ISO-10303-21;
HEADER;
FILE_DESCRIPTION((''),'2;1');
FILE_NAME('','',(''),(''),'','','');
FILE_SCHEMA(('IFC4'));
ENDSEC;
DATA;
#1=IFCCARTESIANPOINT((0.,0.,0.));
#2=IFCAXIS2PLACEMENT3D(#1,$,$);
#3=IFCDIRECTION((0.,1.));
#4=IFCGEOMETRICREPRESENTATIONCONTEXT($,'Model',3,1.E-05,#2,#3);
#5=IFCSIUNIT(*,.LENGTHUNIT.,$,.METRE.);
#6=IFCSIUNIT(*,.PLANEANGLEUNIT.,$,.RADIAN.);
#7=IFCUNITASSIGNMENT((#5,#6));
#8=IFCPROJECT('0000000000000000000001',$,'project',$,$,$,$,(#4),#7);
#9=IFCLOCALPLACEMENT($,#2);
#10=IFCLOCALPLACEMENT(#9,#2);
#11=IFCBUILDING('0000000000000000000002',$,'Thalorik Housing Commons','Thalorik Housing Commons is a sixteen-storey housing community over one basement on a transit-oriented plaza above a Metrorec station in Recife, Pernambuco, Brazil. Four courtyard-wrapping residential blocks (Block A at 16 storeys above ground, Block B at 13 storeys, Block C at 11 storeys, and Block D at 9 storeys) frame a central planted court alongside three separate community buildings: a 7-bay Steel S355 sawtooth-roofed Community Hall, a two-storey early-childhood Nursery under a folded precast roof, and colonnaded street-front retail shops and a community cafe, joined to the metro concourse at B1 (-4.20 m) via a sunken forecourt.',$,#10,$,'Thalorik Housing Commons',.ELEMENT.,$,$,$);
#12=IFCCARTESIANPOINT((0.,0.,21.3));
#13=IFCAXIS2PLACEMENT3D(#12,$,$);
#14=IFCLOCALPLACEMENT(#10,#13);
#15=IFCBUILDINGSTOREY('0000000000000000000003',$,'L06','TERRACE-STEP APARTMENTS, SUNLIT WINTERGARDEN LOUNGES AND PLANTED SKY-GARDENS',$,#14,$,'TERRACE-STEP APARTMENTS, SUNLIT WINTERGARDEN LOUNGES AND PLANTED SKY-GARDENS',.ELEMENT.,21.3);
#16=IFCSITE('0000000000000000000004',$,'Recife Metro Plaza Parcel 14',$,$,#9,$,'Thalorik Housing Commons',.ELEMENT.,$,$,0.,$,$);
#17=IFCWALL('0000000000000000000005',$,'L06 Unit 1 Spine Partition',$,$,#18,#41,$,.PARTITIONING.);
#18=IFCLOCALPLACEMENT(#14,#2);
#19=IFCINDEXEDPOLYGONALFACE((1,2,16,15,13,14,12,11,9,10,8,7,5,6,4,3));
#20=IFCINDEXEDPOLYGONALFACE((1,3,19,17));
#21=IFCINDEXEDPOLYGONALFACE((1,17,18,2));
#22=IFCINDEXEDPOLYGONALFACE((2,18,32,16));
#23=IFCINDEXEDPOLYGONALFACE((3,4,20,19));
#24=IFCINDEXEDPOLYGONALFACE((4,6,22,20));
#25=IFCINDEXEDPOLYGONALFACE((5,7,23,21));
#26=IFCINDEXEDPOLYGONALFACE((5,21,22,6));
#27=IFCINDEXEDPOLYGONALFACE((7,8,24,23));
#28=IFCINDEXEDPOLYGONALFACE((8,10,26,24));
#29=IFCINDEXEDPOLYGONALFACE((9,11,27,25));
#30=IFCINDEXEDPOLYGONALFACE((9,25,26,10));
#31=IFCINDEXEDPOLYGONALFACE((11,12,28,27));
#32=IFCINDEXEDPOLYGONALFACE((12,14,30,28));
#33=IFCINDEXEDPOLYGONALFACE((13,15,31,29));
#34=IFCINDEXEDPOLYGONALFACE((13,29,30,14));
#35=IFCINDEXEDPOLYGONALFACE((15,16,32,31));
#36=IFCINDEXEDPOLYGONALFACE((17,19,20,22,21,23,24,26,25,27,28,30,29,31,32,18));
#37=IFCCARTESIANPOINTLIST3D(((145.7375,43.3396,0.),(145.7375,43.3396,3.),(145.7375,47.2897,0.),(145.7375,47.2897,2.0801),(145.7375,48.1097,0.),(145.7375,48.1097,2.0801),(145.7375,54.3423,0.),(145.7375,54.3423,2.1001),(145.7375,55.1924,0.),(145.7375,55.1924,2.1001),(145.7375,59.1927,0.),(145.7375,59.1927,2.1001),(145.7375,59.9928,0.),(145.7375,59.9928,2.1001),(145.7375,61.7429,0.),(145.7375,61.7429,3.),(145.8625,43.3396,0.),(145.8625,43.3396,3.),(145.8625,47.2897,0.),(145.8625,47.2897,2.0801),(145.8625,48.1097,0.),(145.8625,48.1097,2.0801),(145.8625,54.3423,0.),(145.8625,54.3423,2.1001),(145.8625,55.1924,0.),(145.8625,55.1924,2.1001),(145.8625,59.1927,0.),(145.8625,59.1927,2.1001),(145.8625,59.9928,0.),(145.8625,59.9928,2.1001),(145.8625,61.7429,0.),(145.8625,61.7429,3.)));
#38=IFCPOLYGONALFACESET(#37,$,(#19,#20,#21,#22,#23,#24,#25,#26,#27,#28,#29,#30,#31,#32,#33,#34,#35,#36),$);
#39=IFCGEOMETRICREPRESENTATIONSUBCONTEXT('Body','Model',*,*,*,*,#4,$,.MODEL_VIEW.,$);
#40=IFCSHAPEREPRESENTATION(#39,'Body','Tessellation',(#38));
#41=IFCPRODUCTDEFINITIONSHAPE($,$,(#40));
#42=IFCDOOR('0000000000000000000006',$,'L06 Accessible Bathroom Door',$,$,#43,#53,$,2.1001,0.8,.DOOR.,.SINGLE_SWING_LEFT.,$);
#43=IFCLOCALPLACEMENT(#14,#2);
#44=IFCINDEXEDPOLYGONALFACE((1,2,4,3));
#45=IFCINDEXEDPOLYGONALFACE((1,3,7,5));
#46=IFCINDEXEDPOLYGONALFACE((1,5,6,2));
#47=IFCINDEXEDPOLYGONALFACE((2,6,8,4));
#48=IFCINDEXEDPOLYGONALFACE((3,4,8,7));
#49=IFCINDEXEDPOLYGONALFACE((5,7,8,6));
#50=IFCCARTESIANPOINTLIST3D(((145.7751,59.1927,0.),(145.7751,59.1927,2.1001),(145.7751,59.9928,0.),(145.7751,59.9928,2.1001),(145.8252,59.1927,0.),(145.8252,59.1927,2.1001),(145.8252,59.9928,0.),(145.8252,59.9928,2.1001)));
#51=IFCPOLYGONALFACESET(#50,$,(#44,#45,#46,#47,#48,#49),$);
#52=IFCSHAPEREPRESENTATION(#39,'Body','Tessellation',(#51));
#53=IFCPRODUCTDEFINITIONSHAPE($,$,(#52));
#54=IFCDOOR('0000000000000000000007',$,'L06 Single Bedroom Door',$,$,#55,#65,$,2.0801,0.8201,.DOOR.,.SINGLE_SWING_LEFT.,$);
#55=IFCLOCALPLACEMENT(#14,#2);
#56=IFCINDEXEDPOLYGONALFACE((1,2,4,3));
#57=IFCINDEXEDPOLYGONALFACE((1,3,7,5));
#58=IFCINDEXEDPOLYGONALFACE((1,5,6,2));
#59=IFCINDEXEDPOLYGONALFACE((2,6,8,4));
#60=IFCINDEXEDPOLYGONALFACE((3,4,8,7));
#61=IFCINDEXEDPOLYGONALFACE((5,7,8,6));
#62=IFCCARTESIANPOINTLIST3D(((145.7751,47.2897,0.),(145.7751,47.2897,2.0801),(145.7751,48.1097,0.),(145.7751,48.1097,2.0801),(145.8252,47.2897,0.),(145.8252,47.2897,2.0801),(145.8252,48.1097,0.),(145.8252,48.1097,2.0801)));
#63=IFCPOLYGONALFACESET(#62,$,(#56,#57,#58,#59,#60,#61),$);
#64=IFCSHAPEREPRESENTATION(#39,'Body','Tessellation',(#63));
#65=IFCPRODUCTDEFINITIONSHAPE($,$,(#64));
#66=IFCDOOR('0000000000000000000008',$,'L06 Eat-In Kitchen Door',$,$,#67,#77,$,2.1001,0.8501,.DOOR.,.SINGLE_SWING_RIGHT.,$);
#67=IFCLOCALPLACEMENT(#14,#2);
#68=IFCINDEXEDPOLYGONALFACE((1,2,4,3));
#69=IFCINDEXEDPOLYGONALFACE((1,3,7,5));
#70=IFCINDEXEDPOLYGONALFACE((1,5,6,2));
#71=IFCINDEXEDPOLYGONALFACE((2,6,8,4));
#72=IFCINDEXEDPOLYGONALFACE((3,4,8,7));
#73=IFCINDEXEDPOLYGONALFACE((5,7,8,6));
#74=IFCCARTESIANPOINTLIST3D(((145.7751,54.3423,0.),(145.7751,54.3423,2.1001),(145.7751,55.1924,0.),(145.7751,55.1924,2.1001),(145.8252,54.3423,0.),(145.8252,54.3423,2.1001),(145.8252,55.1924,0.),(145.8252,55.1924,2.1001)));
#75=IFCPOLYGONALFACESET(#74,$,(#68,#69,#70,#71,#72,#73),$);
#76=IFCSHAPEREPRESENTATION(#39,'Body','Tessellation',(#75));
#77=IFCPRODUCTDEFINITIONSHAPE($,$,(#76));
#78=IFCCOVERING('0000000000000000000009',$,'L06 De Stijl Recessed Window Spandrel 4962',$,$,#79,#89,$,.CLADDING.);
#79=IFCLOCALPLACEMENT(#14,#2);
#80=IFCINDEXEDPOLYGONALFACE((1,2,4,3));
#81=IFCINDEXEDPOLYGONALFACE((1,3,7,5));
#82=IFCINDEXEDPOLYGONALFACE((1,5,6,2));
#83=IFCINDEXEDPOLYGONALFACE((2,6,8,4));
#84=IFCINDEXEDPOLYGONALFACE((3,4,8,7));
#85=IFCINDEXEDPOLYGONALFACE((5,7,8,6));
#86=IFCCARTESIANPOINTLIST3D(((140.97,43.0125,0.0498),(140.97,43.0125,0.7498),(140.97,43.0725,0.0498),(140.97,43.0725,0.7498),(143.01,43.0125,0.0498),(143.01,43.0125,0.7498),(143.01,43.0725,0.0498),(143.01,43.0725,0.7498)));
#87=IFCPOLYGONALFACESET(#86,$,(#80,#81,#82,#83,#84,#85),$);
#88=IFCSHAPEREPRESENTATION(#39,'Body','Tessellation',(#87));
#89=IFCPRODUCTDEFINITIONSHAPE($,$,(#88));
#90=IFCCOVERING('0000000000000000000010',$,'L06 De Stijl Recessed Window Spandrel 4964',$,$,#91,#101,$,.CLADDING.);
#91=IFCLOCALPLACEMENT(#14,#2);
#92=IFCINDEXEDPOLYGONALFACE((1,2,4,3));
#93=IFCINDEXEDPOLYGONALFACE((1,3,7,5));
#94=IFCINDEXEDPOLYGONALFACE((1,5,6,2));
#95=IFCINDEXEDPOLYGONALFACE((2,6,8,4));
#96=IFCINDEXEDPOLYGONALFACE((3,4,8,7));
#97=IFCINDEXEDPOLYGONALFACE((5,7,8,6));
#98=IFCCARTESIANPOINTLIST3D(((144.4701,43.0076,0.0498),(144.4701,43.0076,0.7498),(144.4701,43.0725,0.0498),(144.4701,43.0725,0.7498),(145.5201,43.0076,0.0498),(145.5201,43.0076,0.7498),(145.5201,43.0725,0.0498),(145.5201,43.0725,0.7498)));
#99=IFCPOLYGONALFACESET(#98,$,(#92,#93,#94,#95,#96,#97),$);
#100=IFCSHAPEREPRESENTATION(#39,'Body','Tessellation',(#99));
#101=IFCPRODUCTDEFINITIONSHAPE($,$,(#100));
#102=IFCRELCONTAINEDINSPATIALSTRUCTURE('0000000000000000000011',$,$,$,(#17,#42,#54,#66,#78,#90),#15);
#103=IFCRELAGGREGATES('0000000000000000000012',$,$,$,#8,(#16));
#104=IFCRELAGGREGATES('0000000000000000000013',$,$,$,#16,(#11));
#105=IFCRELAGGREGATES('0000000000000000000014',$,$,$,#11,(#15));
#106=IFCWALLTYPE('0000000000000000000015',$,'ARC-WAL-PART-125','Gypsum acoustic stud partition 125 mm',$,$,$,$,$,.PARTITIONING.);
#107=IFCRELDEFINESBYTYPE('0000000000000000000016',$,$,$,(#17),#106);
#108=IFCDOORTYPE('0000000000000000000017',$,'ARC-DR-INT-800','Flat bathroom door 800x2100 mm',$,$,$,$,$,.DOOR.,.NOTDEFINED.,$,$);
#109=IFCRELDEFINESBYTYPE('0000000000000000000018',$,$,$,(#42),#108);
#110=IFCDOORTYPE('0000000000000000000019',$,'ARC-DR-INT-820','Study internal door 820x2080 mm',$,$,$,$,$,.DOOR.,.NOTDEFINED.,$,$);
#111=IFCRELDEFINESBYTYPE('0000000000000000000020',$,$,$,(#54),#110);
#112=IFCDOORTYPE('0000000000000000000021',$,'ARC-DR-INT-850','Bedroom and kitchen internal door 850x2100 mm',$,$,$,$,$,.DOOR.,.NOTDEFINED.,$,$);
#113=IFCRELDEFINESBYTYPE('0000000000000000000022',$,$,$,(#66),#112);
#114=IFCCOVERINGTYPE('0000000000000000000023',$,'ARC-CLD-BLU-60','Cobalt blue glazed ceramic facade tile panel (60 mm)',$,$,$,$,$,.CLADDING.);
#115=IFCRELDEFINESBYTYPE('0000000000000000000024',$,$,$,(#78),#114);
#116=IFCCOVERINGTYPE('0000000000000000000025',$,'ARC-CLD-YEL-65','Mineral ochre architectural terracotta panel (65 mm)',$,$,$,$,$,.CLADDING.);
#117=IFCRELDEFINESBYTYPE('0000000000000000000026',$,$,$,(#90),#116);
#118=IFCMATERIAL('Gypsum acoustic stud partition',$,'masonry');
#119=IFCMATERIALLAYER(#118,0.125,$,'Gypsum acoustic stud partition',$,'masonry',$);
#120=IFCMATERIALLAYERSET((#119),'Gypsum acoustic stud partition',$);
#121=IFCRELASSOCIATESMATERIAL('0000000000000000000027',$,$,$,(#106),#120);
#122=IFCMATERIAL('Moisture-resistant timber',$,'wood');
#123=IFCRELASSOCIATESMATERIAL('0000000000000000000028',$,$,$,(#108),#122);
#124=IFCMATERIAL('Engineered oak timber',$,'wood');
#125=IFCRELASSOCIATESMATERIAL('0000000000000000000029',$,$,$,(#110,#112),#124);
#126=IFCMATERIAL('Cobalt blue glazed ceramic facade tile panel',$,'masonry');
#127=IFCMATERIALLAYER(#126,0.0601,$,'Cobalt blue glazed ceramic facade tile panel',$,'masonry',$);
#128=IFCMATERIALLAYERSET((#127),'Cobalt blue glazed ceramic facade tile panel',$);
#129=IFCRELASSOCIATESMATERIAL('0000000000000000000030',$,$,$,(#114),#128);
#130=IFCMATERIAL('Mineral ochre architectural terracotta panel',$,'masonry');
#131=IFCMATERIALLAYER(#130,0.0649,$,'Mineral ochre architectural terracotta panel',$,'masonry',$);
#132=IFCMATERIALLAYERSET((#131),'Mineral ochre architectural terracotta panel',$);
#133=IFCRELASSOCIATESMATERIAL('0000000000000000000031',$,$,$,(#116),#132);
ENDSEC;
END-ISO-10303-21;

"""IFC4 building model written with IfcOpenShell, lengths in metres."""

from ifc_helpers import new_model, si_unit, direction, frame, frame_2d, origin, origin_2d, place, context, subcontext, project, spatial, rectangle, extrude, material, layer, layer_set, type_object, element, fill, save


model = new_model("IFC4")

# Units and contexts
model_context = context("Model", 3, precision=1e-05, world=origin(), true_north=direction((0.0, 1.0)))
body_context = subcontext(model_context, "Body", "Model", "MODEL_VIEW")
ifc_project = project(units=[si_unit("LENGTHUNIT", "METRE"), si_unit("PLANEANGLEUNIT", "RADIAN")], contexts=[model_context])

# Site, building, storey
site_placement = place(None, origin())
site = spatial("IfcSite", under=ifc_project, at=site_placement, Name="Recife Metro Plaza Parcel 14", LongName="Thalorik Housing Commons", CompositionType="ELEMENT", RefElevation=0.0)
building_placement = place(site_placement, origin())
building = spatial("IfcBuilding", under=site, at=building_placement, Name="Thalorik Housing Commons", Description="Thalorik Housing Commons is a sixteen-storey housing community over one basement on a transit-oriented plaza above a Metrorec station in Recife, Pernambuco, Brazil. Four courtyard-wrapping residential blocks (Block A at 16 storeys above ground, Block B at 13 storeys, Block C at 11 storeys, and Block D at 9 storeys) frame a central planted court alongside three separate community buildings: a 7-bay Steel S355 sawtooth-roofed Community Hall, a two-storey early-childhood Nursery under a folded precast roof, and colonnaded street-front retail shops and a community cafe, joined to the metro concourse at B1 (-4.20 m) via a sunken forecourt.", LongName="Thalorik Housing Commons", CompositionType="ELEMENT")
storey_placement = place(building_placement, frame((0.0, 0.0, 21.3)))
storey = spatial("IfcBuildingStorey", under=building, at=storey_placement, Name="L06", Description="TERRACE-STEP APARTMENTS, SUNLIT WINTERGARDEN LOUNGES AND PLANTED SKY-GARDENS", LongName="TERRACE-STEP APARTMENTS, SUNLIT WINTERGARDEN LOUNGES AND PLANTED SKY-GARDENS", CompositionType="ELEMENT", Elevation=21.3)

# Wall, openings, doors
ifc_material_1 = material(Name="Gypsum acoustic stud partition", Category="masonry")
ifc_layer_1 = layer(ifc_material_1, 0.125, Name="Gypsum acoustic stud partition", Category="masonry")
ifc_layer_set_1 = layer_set([ifc_layer_1], Name="Gypsum acoustic stud partition")
wall_type_1 = type_object("IfcWallType", Name="ARC-WAL-PART-125", Description="Gypsum acoustic stud partition 125 mm", PredefinedType="PARTITIONING", material=ifc_layer_set_1)
wall_1_placement = place(storey_placement, frame((145.8, 43.3396, 0.0), z_axis=(0.0, 0.0, 1.0), x_axis=(0.0, 1.0, 0.0)))
wall_1 = element("IfcWall", 1, at=wall_1_placement, inside=storey, type_object=wall_type_1, Name="L06 Unit 1 Spine Partition", PredefinedType="PARTITIONING", context=body_context, shape_type="SweptSolid", body=[
    extrude(rectangle(XDim=18.4033, YDim=0.125, at=frame_2d((9.2017, 0.0))), origin(), (0.0, 0.0, 1.0), 3.0),
])
opening_1_placement = place(wall_1_placement, frame((3.95, 0.0, 0.0)))
opening_1 = element("IfcOpeningElement", 2, at=opening_1_placement, cuts=wall_1, PredefinedType="OPENING", context=body_context, shape_type="SweptSolid", body=[
    extrude(rectangle(XDim=0.8201, YDim=2.0801, at=frame_2d((0.4102, 1.04))), frame((0.0, 0.0725, 0.0), z_axis=(0.0, -1.0, 0.0), x_axis=(1.0, 0.0, 0.0)), (0.0, 0.0, 1.0), 0.145),
])
opening_2_placement = place(wall_1_placement, frame((11.0027, 0.0, 0.0)))
opening_2 = element("IfcOpeningElement", 3, at=opening_2_placement, cuts=wall_1, PredefinedType="OPENING", context=body_context, shape_type="SweptSolid", body=[
    extrude(rectangle(XDim=0.8501, YDim=2.1001, at=frame_2d((0.425, 1.05))), frame((0.0, 0.0725, 0.0), z_axis=(0.0, -1.0, 0.0), x_axis=(1.0, 0.0, 0.0)), (0.0, 0.0, 1.0), 0.145),
])
opening_3_placement = place(wall_1_placement, frame((15.8533, 0.0, 0.0)))
opening_3 = element("IfcOpeningElement", 4, at=opening_3_placement, cuts=wall_1, PredefinedType="OPENING", context=body_context, shape_type="SweptSolid", body=[
    extrude(rectangle(XDim=0.8, YDim=2.1001, at=frame_2d((0.3999, 1.05))), frame((0.0, 0.0725, 0.0), z_axis=(0.0, -1.0, 0.0), x_axis=(1.0, 0.0, 0.0)), (0.0, 0.0, 1.0), 0.145),
])
ifc_material_2 = material(Name="Moisture-resistant timber", Category="wood")
door_type_1 = type_object("IfcDoorType", Name="ARC-DR-INT-800", Description="Flat bathroom door 800x2100 mm", OperationType="NOTDEFINED", PredefinedType="DOOR", material=ifc_material_2)
door_1_placement = place(opening_3_placement, origin())
door_1 = element("IfcDoor", 5, at=door_1_placement, inside=storey, type_object=door_type_1, Name="L06 Accessible Bathroom Door", OperationType="SINGLE_SWING_LEFT", OverallHeight=2.1001, OverallWidth=0.8, PredefinedType="DOOR", context=body_context, shape_type="SweptSolid", body=[
    extrude(rectangle(XDim=0.8, YDim=2.1001, at=frame_2d((0.3999, 1.05))), frame((0.0, 0.0249, 0.0), z_axis=(0.0, -1.0, 0.0), x_axis=(1.0, 0.0, 0.0)), (0.0, 0.0, 1.0), 0.05),
])
fill(opening_3, door_1)
ifc_material_3 = material(Name="Engineered oak timber", Category="wood")
door_type_2 = type_object("IfcDoorType", Name="ARC-DR-INT-820", Description="Study internal door 820x2080 mm", OperationType="NOTDEFINED", PredefinedType="DOOR", material=ifc_material_3)
door_2_placement = place(opening_1_placement, origin())
door_2 = element("IfcDoor", 6, at=door_2_placement, inside=storey, type_object=door_type_2, Name="L06 Single Bedroom Door", OperationType="SINGLE_SWING_LEFT", OverallHeight=2.0801, OverallWidth=0.8201, PredefinedType="DOOR", context=body_context, shape_type="SweptSolid", body=[
    extrude(rectangle(XDim=0.8201, YDim=2.0801, at=frame_2d((0.4102, 1.04))), frame((0.0, 0.0249, 0.0), z_axis=(0.0, -1.0, 0.0), x_axis=(1.0, 0.0, 0.0)), (0.0, 0.0, 1.0), 0.05),
])
fill(opening_1, door_2)
door_type_3 = type_object("IfcDoorType", Name="ARC-DR-INT-850", Description="Bedroom and kitchen internal door 850x2100 mm", OperationType="NOTDEFINED", PredefinedType="DOOR", material=ifc_material_3)
door_3_placement = place(opening_2_placement, origin())
door_3 = element("IfcDoor", 7, at=door_3_placement, inside=storey, type_object=door_type_3, Name="L06 Eat-In Kitchen Door", OperationType="SINGLE_SWING_RIGHT", OverallHeight=2.1001, OverallWidth=0.8501, PredefinedType="DOOR", context=body_context, shape_type="SweptSolid", body=[
    extrude(rectangle(XDim=0.8501, YDim=2.1001, at=frame_2d((0.425, 1.05))), frame((0.0, 0.0249, 0.0), z_axis=(0.0, -1.0, 0.0), x_axis=(1.0, 0.0, 0.0)), (0.0, 0.0, 1.0), 0.05),
])
fill(opening_2, door_3)

# Coverings
ifc_material_4 = material(Name="Cobalt blue glazed ceramic facade tile panel", Category="masonry")
ifc_layer_2 = layer(ifc_material_4, 0.0601, Name="Cobalt blue glazed ceramic facade tile panel", Category="masonry")
ifc_layer_set_2 = layer_set([ifc_layer_2], Name="Cobalt blue glazed ceramic facade tile panel")
covering_type_1 = type_object("IfcCoveringType", Name="ARC-CLD-BLU-60", Description="Cobalt blue glazed ceramic facade tile panel (60 mm)", PredefinedType="CLADDING", material=ifc_layer_set_2)
covering_1_placement = place(storey_placement, frame((141.99, 43.0425, 0.0498), z_axis=(0.0, 0.0, 1.0), x_axis=(1.0, 0.0, 0.0)))
element("IfcCovering", 8, at=covering_1_placement, inside=storey, type_object=covering_type_1, Name="L06 De Stijl Recessed Window Spandrel 4962", PredefinedType="CLADDING", context=body_context, shape_type="SweptSolid", body=[
    extrude(rectangle(XDim=2.04, YDim=0.0601, at=origin_2d()), origin(), (0.0, 0.0, 1.0), 0.7),
])
ifc_material_5 = material(Name="Mineral ochre architectural terracotta panel", Category="masonry")
ifc_layer_3 = layer(ifc_material_5, 0.0649, Name="Mineral ochre architectural terracotta panel", Category="masonry")
ifc_layer_set_3 = layer_set([ifc_layer_3], Name="Mineral ochre architectural terracotta panel")
covering_type_2 = type_object("IfcCoveringType", Name="ARC-CLD-YEL-65", Description="Mineral ochre architectural terracotta panel (65 mm)", PredefinedType="CLADDING", material=ifc_layer_set_3)
covering_2_placement = place(storey_placement, frame((144.9951, 43.04, 0.0498), z_axis=(0.0, 0.0, 1.0), x_axis=(1.0, 0.0, 0.0)))
element("IfcCovering", 9, at=covering_2_placement, inside=storey, type_object=covering_type_2, Name="L06 De Stijl Recessed Window Spandrel 4964", PredefinedType="CLADDING", context=body_context, shape_type="SweptSolid", body=[
    extrude(rectangle(XDim=1.05, YDim=0.0649, at=origin_2d()), origin(), (0.0, 0.0, 1.0), 0.7),
])

save(model, "model.ifc")
